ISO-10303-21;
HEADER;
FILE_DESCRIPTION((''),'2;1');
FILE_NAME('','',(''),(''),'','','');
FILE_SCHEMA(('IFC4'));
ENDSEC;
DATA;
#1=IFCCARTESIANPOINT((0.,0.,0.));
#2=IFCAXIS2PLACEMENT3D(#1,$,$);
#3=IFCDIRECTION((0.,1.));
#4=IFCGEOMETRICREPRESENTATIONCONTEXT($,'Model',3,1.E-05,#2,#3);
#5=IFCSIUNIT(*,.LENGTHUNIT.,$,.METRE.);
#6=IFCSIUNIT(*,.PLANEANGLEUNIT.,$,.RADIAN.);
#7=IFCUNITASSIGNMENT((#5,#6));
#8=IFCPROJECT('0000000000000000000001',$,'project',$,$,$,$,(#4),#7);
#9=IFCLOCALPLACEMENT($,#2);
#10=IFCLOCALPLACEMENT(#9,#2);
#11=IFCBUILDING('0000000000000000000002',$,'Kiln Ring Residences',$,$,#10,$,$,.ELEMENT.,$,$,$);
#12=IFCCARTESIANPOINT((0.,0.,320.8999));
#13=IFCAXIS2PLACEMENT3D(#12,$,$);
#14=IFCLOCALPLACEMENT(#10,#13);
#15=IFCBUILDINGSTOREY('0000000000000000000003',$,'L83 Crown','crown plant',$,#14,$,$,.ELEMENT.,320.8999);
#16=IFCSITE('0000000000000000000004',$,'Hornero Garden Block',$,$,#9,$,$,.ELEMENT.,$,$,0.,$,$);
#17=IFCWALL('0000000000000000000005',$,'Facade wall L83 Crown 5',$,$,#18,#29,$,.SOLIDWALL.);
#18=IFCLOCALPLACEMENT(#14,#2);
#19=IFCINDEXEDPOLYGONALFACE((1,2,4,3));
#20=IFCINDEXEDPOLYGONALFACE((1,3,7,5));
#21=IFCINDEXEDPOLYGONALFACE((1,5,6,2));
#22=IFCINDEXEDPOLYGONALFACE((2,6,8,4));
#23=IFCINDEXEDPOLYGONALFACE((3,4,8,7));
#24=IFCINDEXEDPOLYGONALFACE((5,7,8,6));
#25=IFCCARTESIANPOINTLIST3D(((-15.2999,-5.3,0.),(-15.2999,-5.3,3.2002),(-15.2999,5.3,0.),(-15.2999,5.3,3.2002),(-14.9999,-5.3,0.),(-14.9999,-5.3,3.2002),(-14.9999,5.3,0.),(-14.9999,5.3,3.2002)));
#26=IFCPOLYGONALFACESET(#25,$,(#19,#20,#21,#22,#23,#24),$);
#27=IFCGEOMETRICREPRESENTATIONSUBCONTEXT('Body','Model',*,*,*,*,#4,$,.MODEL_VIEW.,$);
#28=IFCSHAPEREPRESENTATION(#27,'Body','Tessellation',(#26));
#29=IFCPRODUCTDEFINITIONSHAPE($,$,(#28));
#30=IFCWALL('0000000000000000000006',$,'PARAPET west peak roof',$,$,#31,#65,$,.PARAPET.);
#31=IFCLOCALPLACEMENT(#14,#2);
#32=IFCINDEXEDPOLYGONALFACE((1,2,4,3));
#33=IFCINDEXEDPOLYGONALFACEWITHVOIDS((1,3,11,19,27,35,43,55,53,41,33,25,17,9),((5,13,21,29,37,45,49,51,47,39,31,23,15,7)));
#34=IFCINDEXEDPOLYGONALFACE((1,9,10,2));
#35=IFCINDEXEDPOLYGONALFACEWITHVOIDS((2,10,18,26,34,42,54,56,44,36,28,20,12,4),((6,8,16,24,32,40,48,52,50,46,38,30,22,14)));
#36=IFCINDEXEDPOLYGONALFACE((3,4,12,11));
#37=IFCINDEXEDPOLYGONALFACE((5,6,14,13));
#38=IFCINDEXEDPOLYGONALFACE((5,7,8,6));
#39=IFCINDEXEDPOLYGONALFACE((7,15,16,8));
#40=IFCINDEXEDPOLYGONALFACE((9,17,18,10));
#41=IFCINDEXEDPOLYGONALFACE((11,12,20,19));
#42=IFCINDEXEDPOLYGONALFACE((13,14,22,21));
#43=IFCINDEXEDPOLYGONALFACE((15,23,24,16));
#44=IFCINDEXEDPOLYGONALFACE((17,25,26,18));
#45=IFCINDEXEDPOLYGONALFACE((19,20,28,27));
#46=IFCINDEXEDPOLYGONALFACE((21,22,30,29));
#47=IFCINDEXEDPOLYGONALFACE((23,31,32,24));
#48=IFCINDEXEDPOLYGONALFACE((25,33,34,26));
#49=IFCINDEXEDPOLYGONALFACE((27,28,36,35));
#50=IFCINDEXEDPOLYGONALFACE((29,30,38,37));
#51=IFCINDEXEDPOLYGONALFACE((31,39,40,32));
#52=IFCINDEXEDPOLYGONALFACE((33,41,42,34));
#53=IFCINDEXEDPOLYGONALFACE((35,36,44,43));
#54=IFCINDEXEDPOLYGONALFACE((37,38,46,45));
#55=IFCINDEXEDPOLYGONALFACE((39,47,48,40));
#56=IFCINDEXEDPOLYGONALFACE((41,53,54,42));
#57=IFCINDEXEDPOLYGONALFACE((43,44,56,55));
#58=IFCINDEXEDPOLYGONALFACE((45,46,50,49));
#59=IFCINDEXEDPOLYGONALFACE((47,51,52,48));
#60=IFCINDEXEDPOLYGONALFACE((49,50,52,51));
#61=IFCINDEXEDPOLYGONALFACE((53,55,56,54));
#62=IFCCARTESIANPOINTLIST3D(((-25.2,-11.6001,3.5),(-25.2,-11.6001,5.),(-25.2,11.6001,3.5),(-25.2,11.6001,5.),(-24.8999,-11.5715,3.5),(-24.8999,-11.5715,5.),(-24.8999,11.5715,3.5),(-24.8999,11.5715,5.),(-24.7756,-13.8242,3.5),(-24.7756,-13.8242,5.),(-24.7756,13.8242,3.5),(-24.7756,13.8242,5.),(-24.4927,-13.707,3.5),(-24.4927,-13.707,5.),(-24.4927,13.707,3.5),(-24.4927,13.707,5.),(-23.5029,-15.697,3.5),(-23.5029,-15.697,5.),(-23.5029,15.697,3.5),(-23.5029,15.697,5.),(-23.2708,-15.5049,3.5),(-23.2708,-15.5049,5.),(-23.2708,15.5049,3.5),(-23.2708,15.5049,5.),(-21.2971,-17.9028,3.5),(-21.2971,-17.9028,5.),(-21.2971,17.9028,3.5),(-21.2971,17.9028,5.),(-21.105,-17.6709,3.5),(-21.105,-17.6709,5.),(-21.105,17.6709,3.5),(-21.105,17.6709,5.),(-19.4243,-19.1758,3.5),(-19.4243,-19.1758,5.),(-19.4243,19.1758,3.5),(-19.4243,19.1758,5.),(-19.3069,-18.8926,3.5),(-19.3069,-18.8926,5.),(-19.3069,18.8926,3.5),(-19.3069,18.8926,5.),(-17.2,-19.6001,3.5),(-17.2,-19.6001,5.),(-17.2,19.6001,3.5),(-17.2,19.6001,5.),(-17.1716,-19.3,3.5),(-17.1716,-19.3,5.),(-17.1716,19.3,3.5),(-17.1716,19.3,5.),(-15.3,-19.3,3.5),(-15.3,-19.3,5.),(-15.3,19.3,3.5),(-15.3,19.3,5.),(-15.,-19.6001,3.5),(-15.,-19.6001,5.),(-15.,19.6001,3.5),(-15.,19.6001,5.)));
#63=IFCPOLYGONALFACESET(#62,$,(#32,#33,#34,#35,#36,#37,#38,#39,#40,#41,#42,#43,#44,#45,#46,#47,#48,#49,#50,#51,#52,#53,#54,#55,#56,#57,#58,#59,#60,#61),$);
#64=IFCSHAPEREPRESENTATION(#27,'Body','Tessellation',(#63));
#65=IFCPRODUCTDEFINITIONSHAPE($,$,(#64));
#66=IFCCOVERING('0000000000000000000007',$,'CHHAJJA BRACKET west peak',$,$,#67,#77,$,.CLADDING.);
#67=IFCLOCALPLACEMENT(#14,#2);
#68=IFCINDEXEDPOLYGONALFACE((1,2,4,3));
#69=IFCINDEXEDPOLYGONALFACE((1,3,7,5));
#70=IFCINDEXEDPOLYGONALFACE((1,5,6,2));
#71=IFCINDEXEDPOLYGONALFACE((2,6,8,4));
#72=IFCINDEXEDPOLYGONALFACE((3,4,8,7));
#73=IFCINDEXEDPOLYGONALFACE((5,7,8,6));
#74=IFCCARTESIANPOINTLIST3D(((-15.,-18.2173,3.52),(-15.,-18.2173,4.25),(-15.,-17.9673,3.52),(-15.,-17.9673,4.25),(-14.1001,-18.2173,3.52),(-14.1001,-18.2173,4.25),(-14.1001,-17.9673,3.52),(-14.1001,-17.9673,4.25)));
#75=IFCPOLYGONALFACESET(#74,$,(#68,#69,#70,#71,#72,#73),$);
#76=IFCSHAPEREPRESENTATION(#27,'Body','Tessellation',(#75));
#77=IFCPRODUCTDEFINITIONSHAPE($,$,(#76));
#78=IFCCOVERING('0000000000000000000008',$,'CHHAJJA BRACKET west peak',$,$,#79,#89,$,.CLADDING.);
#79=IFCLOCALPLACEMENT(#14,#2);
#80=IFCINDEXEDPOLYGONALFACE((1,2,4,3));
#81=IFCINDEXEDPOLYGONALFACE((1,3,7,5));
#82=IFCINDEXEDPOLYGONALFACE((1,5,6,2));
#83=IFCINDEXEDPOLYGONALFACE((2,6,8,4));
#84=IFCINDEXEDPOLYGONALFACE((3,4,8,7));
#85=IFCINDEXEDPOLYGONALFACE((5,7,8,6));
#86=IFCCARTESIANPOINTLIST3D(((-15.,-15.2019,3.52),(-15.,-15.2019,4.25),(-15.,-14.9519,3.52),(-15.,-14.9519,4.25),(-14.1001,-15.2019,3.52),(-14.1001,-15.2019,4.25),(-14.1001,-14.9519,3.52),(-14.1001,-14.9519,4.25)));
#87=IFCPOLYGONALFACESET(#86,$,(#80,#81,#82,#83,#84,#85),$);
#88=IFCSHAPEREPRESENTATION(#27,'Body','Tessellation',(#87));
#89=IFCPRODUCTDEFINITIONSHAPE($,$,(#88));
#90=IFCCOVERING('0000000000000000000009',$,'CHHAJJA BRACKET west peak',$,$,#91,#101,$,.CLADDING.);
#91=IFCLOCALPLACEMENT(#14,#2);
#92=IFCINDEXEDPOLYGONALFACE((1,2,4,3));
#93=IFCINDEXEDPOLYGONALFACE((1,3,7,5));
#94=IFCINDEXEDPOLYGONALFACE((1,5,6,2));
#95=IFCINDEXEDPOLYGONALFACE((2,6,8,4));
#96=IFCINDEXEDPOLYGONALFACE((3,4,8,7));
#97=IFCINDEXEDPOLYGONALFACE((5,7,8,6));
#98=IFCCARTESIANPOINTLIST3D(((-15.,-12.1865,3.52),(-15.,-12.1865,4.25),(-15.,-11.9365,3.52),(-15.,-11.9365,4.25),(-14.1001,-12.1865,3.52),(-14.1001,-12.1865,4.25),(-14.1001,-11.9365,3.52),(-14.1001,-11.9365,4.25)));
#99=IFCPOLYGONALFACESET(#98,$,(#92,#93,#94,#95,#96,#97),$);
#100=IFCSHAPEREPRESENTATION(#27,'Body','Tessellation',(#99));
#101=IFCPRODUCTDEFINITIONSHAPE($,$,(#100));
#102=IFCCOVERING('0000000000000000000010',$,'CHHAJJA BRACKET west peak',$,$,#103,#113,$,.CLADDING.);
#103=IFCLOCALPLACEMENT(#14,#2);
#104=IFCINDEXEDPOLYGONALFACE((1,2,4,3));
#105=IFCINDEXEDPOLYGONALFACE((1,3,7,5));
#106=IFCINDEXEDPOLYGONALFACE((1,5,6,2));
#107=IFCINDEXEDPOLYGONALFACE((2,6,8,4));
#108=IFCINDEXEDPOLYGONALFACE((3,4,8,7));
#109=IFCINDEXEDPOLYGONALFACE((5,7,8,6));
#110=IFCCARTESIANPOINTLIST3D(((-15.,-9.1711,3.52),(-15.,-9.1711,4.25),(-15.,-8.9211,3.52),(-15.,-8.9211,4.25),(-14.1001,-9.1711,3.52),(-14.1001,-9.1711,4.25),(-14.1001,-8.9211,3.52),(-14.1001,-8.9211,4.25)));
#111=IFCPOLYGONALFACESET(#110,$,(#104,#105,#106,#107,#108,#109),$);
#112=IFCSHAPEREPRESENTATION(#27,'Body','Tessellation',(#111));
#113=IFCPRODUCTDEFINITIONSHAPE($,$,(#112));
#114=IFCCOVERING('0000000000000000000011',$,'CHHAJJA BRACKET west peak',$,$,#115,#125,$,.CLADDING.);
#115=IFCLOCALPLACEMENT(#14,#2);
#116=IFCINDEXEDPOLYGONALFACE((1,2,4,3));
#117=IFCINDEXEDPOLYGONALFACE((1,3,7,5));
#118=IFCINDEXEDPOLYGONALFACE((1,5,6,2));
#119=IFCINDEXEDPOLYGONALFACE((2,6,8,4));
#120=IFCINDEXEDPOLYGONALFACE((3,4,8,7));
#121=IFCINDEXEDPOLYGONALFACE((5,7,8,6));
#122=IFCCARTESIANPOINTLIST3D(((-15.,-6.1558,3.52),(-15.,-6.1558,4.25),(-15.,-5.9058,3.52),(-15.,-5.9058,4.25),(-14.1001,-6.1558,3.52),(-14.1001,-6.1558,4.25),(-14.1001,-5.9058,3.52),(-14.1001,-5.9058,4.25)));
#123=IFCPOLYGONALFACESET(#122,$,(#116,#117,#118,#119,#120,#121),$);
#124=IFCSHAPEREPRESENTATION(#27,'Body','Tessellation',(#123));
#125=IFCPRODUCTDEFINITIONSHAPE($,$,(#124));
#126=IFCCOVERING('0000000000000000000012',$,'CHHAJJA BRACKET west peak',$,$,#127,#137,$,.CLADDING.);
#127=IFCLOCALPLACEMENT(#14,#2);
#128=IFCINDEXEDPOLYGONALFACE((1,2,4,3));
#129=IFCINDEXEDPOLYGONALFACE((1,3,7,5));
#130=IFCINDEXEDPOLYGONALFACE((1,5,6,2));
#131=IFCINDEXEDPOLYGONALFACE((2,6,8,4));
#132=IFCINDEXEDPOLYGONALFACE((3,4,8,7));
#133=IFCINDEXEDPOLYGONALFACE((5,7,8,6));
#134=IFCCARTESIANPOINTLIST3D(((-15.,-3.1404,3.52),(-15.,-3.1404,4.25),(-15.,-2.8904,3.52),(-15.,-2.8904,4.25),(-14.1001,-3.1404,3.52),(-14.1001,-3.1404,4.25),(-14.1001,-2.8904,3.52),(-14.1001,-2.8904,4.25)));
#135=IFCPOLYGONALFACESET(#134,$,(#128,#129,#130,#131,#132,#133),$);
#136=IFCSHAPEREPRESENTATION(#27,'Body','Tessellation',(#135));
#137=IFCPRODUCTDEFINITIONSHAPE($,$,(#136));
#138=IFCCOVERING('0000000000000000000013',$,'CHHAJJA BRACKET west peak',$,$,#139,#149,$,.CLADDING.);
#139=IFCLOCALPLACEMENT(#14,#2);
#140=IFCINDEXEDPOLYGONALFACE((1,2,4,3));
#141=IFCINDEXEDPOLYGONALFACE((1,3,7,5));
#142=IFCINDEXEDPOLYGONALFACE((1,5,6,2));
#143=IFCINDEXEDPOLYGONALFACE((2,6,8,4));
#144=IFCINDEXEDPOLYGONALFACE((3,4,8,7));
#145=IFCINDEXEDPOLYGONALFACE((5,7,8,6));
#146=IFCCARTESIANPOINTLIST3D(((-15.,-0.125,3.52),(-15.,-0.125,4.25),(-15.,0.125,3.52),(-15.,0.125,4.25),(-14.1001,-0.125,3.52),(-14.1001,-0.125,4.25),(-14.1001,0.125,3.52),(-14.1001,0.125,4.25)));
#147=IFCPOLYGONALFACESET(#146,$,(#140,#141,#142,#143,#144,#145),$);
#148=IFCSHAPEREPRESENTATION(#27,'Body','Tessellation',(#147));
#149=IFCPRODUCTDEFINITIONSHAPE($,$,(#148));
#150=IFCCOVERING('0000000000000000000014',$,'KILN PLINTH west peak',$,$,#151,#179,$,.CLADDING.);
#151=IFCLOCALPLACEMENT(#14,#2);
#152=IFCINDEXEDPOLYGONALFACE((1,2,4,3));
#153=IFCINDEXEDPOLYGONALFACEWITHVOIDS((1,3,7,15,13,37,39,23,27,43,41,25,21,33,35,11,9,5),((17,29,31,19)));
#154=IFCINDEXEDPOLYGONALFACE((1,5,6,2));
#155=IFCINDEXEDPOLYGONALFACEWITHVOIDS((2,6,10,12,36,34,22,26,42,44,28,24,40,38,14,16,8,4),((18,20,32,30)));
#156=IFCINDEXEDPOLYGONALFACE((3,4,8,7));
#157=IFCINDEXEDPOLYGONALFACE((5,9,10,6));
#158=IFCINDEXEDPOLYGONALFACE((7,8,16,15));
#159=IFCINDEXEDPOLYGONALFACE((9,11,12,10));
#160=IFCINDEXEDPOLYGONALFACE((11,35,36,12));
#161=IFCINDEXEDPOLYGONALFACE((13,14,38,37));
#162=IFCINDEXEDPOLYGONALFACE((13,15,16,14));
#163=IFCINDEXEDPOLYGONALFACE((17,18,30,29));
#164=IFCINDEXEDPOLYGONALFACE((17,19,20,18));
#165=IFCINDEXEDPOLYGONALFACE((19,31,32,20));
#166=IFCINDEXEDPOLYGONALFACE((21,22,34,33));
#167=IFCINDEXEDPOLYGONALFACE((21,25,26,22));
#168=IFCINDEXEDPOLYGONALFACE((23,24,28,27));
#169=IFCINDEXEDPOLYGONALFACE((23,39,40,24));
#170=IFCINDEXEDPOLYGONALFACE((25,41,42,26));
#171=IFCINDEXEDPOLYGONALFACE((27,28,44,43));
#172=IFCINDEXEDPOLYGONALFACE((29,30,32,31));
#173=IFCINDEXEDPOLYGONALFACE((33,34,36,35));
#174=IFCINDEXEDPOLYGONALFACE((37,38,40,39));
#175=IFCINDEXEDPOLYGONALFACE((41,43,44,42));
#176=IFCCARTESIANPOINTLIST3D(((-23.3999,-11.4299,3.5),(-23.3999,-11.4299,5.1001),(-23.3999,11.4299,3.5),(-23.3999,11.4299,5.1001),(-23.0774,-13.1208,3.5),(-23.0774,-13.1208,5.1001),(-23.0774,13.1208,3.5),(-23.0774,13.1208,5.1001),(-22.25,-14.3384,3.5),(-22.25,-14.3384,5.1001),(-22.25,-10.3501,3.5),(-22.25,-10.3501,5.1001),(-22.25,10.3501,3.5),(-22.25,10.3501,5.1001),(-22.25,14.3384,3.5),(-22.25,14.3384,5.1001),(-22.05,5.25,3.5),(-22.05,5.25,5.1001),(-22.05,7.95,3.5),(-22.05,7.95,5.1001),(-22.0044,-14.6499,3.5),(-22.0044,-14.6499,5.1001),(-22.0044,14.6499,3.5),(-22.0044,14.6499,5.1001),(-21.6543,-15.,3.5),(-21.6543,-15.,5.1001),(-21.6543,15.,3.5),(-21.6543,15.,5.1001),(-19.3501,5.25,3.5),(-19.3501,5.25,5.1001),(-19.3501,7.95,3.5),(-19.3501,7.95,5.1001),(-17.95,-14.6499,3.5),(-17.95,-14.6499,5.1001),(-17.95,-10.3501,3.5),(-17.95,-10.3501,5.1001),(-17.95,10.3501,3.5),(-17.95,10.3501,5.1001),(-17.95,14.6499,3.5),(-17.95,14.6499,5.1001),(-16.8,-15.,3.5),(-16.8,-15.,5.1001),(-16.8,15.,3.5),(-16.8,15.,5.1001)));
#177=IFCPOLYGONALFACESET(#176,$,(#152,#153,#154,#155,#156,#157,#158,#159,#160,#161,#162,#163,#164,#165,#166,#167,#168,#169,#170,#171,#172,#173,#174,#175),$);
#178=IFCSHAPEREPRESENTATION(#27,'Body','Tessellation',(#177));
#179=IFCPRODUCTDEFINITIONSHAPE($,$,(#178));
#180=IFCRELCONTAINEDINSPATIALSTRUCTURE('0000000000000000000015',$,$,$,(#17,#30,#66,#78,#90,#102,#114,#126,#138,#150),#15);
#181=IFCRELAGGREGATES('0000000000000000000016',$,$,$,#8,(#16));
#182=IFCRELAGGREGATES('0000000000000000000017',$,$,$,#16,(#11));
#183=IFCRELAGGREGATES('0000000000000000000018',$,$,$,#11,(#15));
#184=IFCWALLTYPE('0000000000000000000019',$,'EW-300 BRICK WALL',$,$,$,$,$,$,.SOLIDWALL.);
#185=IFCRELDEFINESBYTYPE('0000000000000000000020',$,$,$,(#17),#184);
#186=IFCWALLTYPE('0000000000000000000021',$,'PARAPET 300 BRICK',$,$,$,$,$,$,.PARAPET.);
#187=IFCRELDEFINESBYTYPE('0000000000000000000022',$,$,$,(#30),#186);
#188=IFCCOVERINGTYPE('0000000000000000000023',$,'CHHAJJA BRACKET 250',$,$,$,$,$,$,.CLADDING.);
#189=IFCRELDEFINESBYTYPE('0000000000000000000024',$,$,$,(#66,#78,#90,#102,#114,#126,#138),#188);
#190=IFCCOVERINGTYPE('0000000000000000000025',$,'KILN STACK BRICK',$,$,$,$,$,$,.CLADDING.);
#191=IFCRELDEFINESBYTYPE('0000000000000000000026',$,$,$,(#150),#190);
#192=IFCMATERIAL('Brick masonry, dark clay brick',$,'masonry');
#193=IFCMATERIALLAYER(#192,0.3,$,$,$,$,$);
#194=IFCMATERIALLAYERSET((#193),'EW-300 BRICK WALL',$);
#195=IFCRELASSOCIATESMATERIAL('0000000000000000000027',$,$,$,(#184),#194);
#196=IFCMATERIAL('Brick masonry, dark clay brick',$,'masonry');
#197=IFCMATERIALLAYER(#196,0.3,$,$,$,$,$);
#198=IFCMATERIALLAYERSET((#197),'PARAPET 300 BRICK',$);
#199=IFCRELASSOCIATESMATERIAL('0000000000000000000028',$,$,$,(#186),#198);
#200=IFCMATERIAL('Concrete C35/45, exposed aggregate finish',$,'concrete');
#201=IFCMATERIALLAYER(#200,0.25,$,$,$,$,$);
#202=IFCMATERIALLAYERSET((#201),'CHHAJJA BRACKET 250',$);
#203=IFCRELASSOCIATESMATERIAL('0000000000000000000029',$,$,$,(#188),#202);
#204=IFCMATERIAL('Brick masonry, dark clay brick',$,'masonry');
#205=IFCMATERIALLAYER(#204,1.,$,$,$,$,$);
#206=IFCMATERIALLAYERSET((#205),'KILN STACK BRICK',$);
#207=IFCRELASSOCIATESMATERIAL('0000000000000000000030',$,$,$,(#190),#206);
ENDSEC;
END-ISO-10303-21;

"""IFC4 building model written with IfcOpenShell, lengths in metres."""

from ifc_helpers import new_model, si_unit, direction, frame, frame_2d, origin, place, context, subcontext, project, spatial, polyline, rectangle, outline, extrude, material, layer, layer_set, type_object, element, save


model = new_model("IFC4")

# Units and contexts
model_context = context("Model", 3, precision=1e-05, world=origin(), true_north=direction((0.0, 1.0)))
body_context = subcontext(model_context, "Body", "Model", "MODEL_VIEW")
ifc_project = project(units=[si_unit("LENGTHUNIT", "METRE"), si_unit("PLANEANGLEUNIT", "RADIAN")], contexts=[model_context])

# Site, building, storey
site_placement = place(None, origin())
site = spatial("IfcSite", under=ifc_project, at=site_placement, Name="Hornero Garden Block", CompositionType="ELEMENT", RefElevation=0.0)
building_placement = place(site_placement, origin())
building = spatial("IfcBuilding", under=site, at=building_placement, Name="Kiln Ring Residences", CompositionType="ELEMENT")
storey_placement = place(building_placement, frame((0.0, 0.0, 320.8999)))
storey = spatial("IfcBuildingStorey", under=building, at=storey_placement, Name="L83 Crown", Description="crown plant", CompositionType="ELEMENT", Elevation=320.8999)

# Shared definitions
ifc_material_1 = material(Name="Brick masonry, dark clay brick", Category="masonry")
ifc_layer_1 = layer(ifc_material_1, 0.3)
ifc_layer_set_1 = layer_set([ifc_layer_1], Name="EW-300 BRICK WALL")
wall_type_1 = type_object("IfcWallType", Name="EW-300 BRICK WALL", PredefinedType="SOLIDWALL", material=ifc_layer_set_1)

# Walls
wall_1_placement = place(storey_placement, frame((-15.1499, -5.3, 0.0), z_axis=(0.0, 0.0, 1.0), x_axis=(0.0, 1.0, 0.0)))
element("IfcWall", 1, at=wall_1_placement, inside=storey, type_object=wall_type_1, Name="Facade wall L83 Crown 5", PredefinedType="SOLIDWALL", context=body_context, shape_type="SweptSolid", body=[
    extrude(rectangle(XDim=10.6001, YDim=0.3, at=frame_2d((5.3, 0.0))), origin(), (0.0, 0.0, 1.0), 3.2002),
])
ifc_material_2 = material(Name="Brick masonry, dark clay brick", Category="masonry")
ifc_layer_2 = layer(ifc_material_2, 0.3)
ifc_layer_set_2 = layer_set([ifc_layer_2], Name="PARAPET 300 BRICK")
wall_type_2 = type_object("IfcWallType", Name="PARAPET 300 BRICK", PredefinedType="PARAPET", material=ifc_layer_set_2)
placement = place(storey_placement, frame((0.0, 0.0, 3.5)))
element("IfcWall", 2, at=placement, inside=storey, type_object=wall_type_2, Name="PARAPET west peak roof", PredefinedType="PARAPET", context=body_context, shape_type="SweptSolid", body=[
    extrude(outline(polyline([(-21.2971, -17.9028), (-19.4243, -19.1758), (-17.2, -19.6001), (-15.0, -19.6001), (-15.0, 19.6001), (-17.2, 19.6001), (-19.4243, 19.1758), (-21.2971, 17.9028), (-23.5029, 15.697), (-24.7756, 13.8242), (-25.2, 11.6001), (-25.2, -11.6001), (-24.7756, -13.8242), (-23.5029, -15.697), (-21.2971, -17.9028)]), holes=[polyline([(-17.1716, -19.3), (-19.3069, -18.8926), (-21.105, -17.6709), (-23.2708, -15.5049), (-24.4927, -13.707), (-24.8999, -11.5715), (-24.8999, 11.5715), (-24.4927, 13.707), (-23.2708, 15.5049), (-21.105, 17.6709), (-19.3069, 18.8926), (-17.1716, 19.3), (-15.3, 19.3), (-15.3, -19.3), (-17.1716, -19.3)])]), origin(), (0.0, 0.0, 1.0), 1.5),
])

# Coverings
ifc_material_3 = material(Name="Concrete C35/45, exposed aggregate finish", Category="concrete")
ifc_layer_3 = layer(ifc_material_3, 0.25)
ifc_layer_set_3 = layer_set([ifc_layer_3], Name="CHHAJJA BRACKET 250")
covering_type_1 = type_object("IfcCoveringType", Name="CHHAJJA BRACKET 250", PredefinedType="CLADDING", material=ifc_layer_set_3)
for number, where, z_axis, x_axis, name in (
    (3, (-15.0, -18.0923, 3.52), (0.0, 0.0, 1.0), (1.0, 0.0, 0.0), "CHHAJJA BRACKET west peak"),
    (4, (-15.0, -15.0769, 3.52), (0.0, 0.0, 1.0), (1.0, 0.0, 0.0), "CHHAJJA BRACKET west peak"),
    (5, (-15.0, -12.0615, 3.52), (0.0, 0.0, 1.0), (1.0, 0.0, 0.0), "CHHAJJA BRACKET west peak"),
    (6, (-15.0, -9.0461, 3.52), (0.0, 0.0, 1.0), (1.0, 0.0, 0.0), "CHHAJJA BRACKET west peak"),
    (7, (-15.0, -6.0308, 3.52), (0.0, 0.0, 1.0), (1.0, 0.0, 0.0), "CHHAJJA BRACKET west peak"),
    (8, (-15.0, -3.0154, 3.52), (0.0, 0.0, 1.0), (1.0, 0.0, 0.0), "CHHAJJA BRACKET west peak"),
    (9, (-15.0, 0.0, 3.52), (0.0, 0.0, 1.0), (1.0, 0.0, 0.0), "CHHAJJA BRACKET west peak"),
):
    element("IfcCovering", number, at=place(storey_placement, frame(where, z_axis=z_axis, x_axis=x_axis)), inside=storey, type_object=covering_type_1, Name=name, PredefinedType="CLADDING", context=body_context, shape_type="SweptSolid", body=[
        extrude(outline(polyline([(0.0, 0.0), (0.8999, 0.0), (0.8999, 0.73), (0.0, 0.73), (0.0, 0.0), (0.0, 0.0)])), frame((0.0, 0.125, 0.0), z_axis=(0.0, -1.0, 0.0), x_axis=(1.0, 0.0, 0.0)), (0.0, 0.0, 1.0), 0.25),
    ])
ifc_material_4 = material(Name="Brick masonry, dark clay brick", Category="masonry")
ifc_layer_4 = layer(ifc_material_4, 1.0)
ifc_layer_set_4 = layer_set([ifc_layer_4], Name="KILN STACK BRICK")
covering_type_2 = type_object("IfcCoveringType", Name="KILN STACK BRICK", PredefinedType="CLADDING", material=ifc_layer_set_4)
element("IfcCovering", 10, at=placement, inside=storey, type_object=covering_type_2, Name="KILN PLINTH west peak", PredefinedType="CLADDING", context=body_context, shape_type="SweptSolid", body=[
    extrude(outline(polyline([(-23.3999, 11.4299), (-23.3999, -11.4299), (-23.0774, -13.1208), (-22.25, -14.3384), (-22.25, -10.3501), (-17.95, -10.3501), (-17.95, -14.6499), (-22.0044, -14.6499), (-21.6543, -15.0), (-16.8, -15.0), (-16.8, 15.0), (-21.6543, 15.0), (-22.0044, 14.6499), (-17.95, 14.6499), (-17.95, 10.3501), (-22.25, 10.3501), (-22.25, 14.3384), (-23.0774, 13.1208), (-23.3999, 11.4299)]), holes=[polyline([(-19.3501, 7.95), (-19.3501, 5.25), (-22.05, 5.25), (-22.05, 7.95), (-19.3501, 7.95)])]), origin(), (0.0, 0.0, 1.0), 1.6001),
])

save(model, "model.ifc")
